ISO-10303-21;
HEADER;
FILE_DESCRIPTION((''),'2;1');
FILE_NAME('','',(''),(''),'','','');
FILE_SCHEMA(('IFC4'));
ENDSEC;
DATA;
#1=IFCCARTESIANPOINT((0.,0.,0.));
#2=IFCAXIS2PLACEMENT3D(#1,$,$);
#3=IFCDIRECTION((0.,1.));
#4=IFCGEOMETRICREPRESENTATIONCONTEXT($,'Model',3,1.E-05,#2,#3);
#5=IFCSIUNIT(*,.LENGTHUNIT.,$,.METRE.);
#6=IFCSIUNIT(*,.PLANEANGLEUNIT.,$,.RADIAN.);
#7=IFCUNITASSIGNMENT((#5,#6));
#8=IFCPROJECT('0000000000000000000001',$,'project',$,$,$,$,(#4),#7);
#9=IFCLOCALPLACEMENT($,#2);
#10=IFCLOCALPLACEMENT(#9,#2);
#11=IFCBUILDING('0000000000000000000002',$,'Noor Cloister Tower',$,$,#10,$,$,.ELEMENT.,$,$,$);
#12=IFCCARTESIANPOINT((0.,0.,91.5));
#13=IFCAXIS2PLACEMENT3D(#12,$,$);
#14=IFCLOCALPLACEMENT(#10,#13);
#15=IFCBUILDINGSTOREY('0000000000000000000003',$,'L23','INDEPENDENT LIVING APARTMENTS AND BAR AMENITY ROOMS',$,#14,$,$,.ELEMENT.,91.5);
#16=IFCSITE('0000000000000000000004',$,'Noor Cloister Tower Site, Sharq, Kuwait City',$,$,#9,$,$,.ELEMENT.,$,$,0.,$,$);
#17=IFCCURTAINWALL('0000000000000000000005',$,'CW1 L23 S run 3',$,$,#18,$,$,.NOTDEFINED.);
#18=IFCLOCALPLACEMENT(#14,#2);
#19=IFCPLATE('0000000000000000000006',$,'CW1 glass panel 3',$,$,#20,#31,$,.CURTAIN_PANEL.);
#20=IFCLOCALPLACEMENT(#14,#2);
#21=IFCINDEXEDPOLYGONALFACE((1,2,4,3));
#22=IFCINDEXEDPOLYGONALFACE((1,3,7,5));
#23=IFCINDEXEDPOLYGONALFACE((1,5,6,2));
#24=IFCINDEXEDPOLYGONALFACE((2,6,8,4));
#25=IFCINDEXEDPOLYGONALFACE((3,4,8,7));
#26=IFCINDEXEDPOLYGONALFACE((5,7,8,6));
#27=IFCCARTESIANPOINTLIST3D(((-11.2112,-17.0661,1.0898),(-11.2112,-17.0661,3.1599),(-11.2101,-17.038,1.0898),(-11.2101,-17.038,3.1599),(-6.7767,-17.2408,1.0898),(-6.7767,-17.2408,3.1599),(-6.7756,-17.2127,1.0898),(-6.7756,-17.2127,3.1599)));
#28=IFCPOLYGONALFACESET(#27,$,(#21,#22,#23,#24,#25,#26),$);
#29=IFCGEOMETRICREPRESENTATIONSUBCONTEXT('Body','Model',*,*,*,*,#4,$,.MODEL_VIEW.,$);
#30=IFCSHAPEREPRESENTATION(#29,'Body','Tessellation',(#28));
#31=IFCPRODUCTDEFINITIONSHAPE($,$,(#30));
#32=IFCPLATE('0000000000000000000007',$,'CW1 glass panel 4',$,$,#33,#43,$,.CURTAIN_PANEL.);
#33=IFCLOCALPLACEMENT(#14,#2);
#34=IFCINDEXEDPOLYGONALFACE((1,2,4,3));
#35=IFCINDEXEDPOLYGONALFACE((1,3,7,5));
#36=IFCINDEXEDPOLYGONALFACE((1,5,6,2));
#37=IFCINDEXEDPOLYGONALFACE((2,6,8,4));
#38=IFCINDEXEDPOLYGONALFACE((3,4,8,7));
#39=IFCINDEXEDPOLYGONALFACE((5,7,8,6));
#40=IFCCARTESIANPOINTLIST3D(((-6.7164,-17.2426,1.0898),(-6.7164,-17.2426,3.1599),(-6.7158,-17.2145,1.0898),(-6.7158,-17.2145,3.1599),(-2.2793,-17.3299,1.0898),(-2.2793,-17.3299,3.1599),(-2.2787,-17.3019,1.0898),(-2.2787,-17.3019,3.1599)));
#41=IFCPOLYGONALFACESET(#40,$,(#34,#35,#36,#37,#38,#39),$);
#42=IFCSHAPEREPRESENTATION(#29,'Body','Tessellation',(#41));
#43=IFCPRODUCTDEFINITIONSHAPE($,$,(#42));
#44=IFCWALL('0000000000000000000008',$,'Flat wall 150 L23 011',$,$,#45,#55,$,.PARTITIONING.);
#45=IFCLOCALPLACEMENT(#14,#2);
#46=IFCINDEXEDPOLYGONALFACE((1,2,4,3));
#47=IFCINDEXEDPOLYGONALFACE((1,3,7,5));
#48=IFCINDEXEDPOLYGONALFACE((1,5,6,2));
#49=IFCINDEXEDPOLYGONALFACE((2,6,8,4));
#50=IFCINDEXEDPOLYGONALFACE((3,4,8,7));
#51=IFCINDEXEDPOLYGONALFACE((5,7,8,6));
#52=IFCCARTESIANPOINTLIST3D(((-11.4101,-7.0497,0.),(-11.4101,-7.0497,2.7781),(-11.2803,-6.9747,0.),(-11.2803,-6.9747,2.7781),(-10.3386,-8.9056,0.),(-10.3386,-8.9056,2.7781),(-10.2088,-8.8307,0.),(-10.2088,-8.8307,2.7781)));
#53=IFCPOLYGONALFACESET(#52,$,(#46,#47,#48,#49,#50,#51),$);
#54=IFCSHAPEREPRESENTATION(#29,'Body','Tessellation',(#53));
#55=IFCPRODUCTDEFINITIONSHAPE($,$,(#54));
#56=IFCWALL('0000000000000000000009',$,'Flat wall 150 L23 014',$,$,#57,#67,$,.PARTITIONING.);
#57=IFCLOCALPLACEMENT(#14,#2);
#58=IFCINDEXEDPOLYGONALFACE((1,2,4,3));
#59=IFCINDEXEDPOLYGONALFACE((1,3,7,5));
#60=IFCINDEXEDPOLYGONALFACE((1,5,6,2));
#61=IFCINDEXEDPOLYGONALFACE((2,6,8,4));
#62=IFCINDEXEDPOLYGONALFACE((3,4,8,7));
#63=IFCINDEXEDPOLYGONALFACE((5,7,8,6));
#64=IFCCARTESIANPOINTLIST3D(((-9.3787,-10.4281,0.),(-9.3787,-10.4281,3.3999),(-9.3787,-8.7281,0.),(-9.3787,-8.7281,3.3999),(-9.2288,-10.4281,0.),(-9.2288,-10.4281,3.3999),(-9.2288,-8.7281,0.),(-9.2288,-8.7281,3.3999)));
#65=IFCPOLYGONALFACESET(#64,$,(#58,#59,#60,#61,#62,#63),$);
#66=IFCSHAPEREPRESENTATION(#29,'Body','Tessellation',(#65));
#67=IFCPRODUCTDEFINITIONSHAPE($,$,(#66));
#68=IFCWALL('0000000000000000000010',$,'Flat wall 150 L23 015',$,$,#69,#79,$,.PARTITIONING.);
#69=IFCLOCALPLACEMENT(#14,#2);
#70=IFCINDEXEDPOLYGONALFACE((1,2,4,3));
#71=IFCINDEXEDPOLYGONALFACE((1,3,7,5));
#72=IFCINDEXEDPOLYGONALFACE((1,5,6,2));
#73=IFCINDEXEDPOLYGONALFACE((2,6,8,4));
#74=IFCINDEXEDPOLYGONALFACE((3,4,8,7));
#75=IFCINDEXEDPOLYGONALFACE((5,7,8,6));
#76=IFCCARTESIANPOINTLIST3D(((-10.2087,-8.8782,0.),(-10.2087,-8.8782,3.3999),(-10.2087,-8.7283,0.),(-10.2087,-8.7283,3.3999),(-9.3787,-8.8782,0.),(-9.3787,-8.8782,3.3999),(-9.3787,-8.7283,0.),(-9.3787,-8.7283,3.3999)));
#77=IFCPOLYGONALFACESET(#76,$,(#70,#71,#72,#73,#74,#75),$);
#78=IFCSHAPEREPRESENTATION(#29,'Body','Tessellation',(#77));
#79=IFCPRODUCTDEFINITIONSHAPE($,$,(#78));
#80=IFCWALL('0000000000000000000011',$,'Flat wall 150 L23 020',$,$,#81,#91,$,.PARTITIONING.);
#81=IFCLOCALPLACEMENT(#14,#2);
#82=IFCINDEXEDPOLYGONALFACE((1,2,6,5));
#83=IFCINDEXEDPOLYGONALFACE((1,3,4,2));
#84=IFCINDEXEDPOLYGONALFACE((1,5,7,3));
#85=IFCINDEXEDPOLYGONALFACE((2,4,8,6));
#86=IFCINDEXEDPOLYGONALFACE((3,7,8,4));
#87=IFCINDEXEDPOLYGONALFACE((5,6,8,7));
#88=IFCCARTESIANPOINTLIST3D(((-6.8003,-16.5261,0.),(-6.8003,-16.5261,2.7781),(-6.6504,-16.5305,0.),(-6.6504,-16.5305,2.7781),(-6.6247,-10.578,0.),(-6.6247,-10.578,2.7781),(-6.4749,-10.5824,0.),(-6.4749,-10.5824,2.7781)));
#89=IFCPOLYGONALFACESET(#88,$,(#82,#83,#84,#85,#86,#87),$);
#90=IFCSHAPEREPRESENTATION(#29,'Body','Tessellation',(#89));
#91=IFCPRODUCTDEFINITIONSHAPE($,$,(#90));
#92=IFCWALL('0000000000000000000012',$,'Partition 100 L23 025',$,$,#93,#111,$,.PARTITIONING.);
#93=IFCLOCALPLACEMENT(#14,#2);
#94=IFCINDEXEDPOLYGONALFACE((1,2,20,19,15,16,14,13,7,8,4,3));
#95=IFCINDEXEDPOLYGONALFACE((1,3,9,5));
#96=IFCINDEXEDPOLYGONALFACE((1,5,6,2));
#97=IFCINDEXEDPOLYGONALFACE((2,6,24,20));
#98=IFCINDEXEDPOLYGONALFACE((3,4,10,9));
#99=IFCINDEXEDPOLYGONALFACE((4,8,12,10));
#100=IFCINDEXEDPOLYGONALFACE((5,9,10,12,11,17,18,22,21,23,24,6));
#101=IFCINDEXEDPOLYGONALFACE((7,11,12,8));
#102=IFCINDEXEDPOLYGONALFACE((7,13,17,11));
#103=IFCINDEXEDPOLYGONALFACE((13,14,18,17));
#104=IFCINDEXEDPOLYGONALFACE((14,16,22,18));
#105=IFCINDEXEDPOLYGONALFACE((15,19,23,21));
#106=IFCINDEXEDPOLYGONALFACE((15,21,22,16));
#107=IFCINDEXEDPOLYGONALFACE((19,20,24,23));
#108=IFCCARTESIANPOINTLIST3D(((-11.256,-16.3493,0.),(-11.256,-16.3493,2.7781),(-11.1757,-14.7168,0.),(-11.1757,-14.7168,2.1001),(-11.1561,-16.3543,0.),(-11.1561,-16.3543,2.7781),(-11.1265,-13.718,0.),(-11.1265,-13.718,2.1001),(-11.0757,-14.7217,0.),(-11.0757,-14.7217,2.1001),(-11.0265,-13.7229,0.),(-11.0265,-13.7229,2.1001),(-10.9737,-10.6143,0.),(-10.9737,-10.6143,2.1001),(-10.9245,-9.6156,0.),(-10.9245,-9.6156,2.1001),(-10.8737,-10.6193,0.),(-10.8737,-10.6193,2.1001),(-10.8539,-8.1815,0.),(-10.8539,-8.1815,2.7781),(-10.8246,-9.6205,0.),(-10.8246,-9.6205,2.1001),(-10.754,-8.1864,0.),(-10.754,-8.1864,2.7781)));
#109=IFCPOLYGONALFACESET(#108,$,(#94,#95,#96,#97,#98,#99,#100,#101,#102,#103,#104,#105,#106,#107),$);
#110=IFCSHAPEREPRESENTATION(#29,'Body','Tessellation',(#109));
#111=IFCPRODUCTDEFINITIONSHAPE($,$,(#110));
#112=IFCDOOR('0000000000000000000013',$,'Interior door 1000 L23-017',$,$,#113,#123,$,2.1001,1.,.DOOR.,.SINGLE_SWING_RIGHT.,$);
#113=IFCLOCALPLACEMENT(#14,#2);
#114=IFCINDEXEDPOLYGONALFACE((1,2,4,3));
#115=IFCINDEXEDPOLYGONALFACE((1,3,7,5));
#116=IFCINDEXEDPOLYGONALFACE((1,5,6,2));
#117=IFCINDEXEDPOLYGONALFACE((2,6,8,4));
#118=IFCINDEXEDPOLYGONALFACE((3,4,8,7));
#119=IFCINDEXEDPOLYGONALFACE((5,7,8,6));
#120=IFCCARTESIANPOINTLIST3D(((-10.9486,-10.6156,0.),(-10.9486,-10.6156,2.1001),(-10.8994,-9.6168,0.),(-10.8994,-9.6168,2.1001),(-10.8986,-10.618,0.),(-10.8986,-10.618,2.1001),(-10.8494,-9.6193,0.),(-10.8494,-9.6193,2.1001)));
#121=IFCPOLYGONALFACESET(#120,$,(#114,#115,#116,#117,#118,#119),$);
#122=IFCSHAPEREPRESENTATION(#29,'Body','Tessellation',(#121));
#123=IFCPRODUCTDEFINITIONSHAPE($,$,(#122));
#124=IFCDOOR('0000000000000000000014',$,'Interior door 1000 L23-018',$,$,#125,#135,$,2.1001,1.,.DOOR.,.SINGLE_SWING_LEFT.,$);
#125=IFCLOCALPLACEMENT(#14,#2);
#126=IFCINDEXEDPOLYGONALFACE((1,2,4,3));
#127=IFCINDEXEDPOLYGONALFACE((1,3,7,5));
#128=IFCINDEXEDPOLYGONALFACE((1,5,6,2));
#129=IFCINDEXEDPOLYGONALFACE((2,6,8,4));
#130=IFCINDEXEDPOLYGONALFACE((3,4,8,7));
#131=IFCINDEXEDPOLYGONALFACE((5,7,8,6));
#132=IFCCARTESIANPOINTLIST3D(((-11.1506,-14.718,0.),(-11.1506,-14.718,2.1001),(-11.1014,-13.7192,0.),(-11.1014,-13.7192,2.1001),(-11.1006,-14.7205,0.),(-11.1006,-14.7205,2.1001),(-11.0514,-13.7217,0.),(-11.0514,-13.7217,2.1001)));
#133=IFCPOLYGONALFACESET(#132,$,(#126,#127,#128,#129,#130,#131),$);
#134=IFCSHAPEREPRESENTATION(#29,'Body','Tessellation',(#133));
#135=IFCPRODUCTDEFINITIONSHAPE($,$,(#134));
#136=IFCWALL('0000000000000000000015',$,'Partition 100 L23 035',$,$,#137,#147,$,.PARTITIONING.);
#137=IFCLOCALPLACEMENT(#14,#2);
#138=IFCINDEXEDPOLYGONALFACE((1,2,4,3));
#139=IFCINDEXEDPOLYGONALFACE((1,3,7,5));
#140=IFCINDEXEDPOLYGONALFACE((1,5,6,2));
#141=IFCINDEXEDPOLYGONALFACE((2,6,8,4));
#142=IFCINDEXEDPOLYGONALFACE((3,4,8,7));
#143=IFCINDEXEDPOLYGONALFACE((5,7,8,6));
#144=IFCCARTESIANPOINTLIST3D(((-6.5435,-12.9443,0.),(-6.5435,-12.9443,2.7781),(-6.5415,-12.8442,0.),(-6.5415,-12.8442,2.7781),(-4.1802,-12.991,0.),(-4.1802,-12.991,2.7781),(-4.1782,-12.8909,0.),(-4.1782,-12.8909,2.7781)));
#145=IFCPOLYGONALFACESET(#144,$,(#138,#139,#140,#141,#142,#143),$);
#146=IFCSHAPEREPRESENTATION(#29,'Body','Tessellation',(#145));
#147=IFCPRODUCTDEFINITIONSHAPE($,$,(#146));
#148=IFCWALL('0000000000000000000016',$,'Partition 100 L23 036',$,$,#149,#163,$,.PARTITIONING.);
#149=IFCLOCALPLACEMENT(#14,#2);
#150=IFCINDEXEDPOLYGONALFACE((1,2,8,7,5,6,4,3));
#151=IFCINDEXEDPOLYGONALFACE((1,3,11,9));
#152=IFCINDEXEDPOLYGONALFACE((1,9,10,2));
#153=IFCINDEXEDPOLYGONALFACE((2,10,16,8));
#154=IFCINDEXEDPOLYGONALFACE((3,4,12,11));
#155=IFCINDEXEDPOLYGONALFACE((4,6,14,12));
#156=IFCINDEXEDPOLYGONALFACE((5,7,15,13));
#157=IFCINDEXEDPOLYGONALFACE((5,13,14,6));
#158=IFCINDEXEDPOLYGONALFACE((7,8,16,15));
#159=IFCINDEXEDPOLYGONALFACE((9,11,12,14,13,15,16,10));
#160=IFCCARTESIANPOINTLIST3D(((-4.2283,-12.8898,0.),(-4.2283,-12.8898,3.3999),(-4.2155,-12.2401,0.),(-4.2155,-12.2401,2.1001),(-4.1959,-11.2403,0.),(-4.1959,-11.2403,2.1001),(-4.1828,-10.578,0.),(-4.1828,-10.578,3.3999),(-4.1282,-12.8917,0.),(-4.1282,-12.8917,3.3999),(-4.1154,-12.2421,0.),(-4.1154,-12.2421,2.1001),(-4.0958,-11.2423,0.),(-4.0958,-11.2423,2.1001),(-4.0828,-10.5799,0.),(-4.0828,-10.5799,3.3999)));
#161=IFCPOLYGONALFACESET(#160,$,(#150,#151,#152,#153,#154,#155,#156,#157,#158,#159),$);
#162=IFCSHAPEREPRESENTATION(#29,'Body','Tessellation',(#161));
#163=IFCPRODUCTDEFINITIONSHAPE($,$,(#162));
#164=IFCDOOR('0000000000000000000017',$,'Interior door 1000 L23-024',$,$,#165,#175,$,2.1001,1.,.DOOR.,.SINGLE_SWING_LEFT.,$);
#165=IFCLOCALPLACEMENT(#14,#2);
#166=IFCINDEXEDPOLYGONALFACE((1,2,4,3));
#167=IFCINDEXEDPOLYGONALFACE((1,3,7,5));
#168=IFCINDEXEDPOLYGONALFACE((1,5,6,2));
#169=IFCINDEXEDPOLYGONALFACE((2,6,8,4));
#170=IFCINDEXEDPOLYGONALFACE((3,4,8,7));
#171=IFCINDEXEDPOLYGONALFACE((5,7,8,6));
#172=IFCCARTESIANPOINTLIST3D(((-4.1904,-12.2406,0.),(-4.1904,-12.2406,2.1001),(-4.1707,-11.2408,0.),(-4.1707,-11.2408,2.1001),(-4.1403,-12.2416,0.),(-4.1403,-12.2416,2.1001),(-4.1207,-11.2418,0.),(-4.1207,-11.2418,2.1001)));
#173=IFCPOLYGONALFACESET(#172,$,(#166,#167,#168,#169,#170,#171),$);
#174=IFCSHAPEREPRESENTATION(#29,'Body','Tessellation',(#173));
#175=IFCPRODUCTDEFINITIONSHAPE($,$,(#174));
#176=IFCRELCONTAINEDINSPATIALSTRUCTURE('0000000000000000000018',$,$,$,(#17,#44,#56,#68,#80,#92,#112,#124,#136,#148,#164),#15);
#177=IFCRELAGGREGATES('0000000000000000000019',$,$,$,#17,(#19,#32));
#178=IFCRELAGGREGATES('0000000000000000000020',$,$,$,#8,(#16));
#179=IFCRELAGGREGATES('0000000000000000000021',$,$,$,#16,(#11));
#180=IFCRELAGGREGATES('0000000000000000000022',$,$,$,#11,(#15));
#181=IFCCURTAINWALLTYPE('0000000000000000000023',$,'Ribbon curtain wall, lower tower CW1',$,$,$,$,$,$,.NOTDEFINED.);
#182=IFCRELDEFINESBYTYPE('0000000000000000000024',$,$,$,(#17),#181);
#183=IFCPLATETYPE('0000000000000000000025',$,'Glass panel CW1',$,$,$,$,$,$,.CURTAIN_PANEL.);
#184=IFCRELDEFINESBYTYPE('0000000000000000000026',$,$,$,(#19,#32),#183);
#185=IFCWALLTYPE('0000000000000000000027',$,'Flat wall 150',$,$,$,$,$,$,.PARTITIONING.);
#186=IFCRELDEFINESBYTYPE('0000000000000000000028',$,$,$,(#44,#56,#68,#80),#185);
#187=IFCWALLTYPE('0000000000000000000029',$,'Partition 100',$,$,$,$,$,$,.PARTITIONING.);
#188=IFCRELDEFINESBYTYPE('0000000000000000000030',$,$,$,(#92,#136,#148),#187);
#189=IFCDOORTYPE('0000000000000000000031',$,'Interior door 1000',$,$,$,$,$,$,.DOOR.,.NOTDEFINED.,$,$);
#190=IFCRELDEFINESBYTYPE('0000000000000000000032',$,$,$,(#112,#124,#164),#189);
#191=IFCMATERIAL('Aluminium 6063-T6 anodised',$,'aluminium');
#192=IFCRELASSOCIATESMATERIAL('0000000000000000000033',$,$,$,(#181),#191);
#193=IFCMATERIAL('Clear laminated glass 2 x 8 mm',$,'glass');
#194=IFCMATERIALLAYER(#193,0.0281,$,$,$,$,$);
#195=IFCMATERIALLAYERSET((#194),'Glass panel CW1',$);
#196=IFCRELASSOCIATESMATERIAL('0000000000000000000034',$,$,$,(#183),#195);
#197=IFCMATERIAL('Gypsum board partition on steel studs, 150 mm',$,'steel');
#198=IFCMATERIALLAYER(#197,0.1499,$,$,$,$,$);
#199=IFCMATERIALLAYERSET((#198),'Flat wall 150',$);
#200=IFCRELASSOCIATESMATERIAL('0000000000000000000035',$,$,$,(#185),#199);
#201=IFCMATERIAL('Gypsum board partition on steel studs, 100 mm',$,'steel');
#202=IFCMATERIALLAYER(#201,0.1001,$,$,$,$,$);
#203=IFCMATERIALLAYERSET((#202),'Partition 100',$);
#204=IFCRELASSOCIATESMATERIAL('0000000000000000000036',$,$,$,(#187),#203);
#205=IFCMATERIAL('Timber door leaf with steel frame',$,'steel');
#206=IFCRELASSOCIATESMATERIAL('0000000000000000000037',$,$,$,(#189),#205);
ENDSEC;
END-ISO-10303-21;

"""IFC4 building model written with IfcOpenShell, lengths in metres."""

from ifc_helpers import new_model, si_unit, direction, frame, frame_2d, origin, origin_2d, place, context, subcontext, project, spatial, rectangle, extrude, material, layer, layer_set, type_object, element, fill, aggregate, save


model = new_model("IFC4")

# Units and contexts
model_context = context("Model", 3, precision=1e-05, world=origin(), true_north=direction((0.0, 1.0)))
body_context = subcontext(model_context, "Body", "Model", "MODEL_VIEW")
ifc_project = project(units=[si_unit("LENGTHUNIT", "METRE"), si_unit("PLANEANGLEUNIT", "RADIAN")], contexts=[model_context])

# Site, building, storey
site_placement = place(None, origin())
site = spatial("IfcSite", under=ifc_project, at=site_placement, Name="Noor Cloister Tower Site, Sharq, Kuwait City", CompositionType="ELEMENT", RefElevation=0.0)
building_placement = place(site_placement, origin())
building = spatial("IfcBuilding", under=site, at=building_placement, Name="Noor Cloister Tower", CompositionType="ELEMENT")
storey_placement = place(building_placement, frame((0.0, 0.0, 91.5)))
storey = spatial("IfcBuildingStorey", under=building, at=storey_placement, Name="L23", Description="INDEPENDENT LIVING APARTMENTS AND BAR AMENITY ROOMS", CompositionType="ELEMENT", Elevation=91.5)

# Curtain wall
ifc_material_1 = material(Name="Aluminium 6063-T6 anodised", Category="aluminium")
curtain_wall_type = type_object("IfcCurtainWallType", Name="Ribbon curtain wall, lower tower CW1", PredefinedType="NOTDEFINED", material=ifc_material_1)
curtain_wall_placement = place(storey_placement, origin())
curtain_wall = element("IfcCurtainWall", 1, at=curtain_wall_placement, inside=storey, type_object=curtain_wall_type, Name="CW1 L23 S run 3", PredefinedType="NOTDEFINED")

# Plates
ifc_material_2 = material(Name="Clear laminated glass 2 x 8 mm", Category="glass")
ifc_layer_1 = layer(ifc_material_2, 0.0281)
ifc_layer_set_1 = layer_set([ifc_layer_1], Name="Glass panel CW1")
plate_type = type_object("IfcPlateType", Name="Glass panel CW1", PredefinedType="CURTAIN_PANEL", material=ifc_layer_set_1)
plate_1_placement = place(storey_placement, frame((-8.9934, -17.1394, 1.0898), z_axis=(0.0, 0.0, 1.0), x_axis=(0.999225, -0.039356, 0.0)))
plate_1 = element("IfcPlate", 2, at=plate_1_placement, type_object=plate_type, Name="CW1 glass panel 3", PredefinedType="CURTAIN_PANEL", context=body_context, shape_type="SweptSolid", body=[
    extrude(rectangle(XDim=4.438, YDim=0.0281, at=origin_2d()), origin(), (0.0, 0.0, 1.0), 2.0701),
])
plate_2_placement = place(storey_placement, frame((-4.4976, -17.2722, 1.0898), z_axis=(0.0, 0.0, 1.0), x_axis=(0.999806, -0.019682, 0.0)))
plate_2 = element("IfcPlate", 3, at=plate_2_placement, type_object=plate_type, Name="CW1 glass panel 4", PredefinedType="CURTAIN_PANEL", context=body_context, shape_type="SweptSolid", body=[
    extrude(rectangle(XDim=4.438, YDim=0.0281, at=origin_2d()), origin(), (0.0, 0.0, 1.0), 2.0701),
])
aggregate(curtain_wall, [plate_1, plate_2])

# Walls
ifc_material_3 = material(Name="Gypsum board partition on steel studs, 150 mm", Category="steel")
ifc_layer_2 = layer(ifc_material_3, 0.1499)
ifc_layer_set_2 = layer_set([ifc_layer_2], Name="Flat wall 150")
wall_type_1 = type_object("IfcWallType", Name="Flat wall 150", PredefinedType="PARTITIONING", material=ifc_layer_set_2)
wall_1_placement = place(storey_placement, frame((-11.3452, -7.0122, 0.0), z_axis=(0.0, 0.0, 1.0), x_axis=(0.499999, -0.866026, 0.0)))
element("IfcWall", 4, at=wall_1_placement, inside=storey, type_object=wall_type_1, Name="Flat wall 150 L23 011", PredefinedType="PARTITIONING", context=body_context, shape_type="SweptSolid", body=[
    extrude(rectangle(XDim=2.1431, YDim=0.1499, at=frame_2d((1.0715, 0.0))), origin(), (0.0, 0.0, 1.0), 2.7781),
])
wall_2_placement = place(storey_placement, frame((-9.3037, -10.4282, 0.0), z_axis=(0.0, 0.0, 1.0), x_axis=(0.0, 1.0, 0.0)))
element("IfcWall", 5, at=wall_2_placement, inside=storey, type_object=wall_type_1, Name="Flat wall 150 L23 014", PredefinedType="PARTITIONING", context=body_context, shape_type="SweptSolid", body=[
    extrude(rectangle(XDim=1.7, YDim=0.1499, at=frame_2d((0.8501, 0.0))), origin(), (0.0, 0.0, 1.0), 3.3999),
])
wall_3_placement = place(storey_placement, frame((-10.2087, -8.8032, 0.0), z_axis=(0.0, 0.0, 1.0), x_axis=(1.0, 0.0, 0.0)))
element("IfcWall", 6, at=wall_3_placement, inside=storey, type_object=wall_type_1, Name="Flat wall 150 L23 015", PredefinedType="PARTITIONING", context=body_context, shape_type="SweptSolid", body=[
    extrude(rectangle(XDim=0.8301, YDim=0.1499, at=frame_2d((0.415, 0.0))), origin(), (0.0, 0.0, 1.0), 3.3999),
])
wall_4_placement = place(storey_placement, frame((-6.7253, -16.5283, 0.0), z_axis=(0.0, 0.0, 1.0), x_axis=(0.029499, 0.999565, 0.0)))
element("IfcWall", 7, at=wall_4_placement, inside=storey, type_object=wall_type_1, Name="Flat wall 150 L23 020", PredefinedType="PARTITIONING", context=body_context, shape_type="SweptSolid", body=[
    extrude(rectangle(XDim=5.9507, YDim=0.1499, at=frame_2d((2.9753, 0.0))), origin(), (0.0, 0.0, 1.0), 2.7781),
])

# Wall, openings, doors
ifc_material_4 = material(Name="Gypsum board partition on steel studs, 100 mm", Category="steel")
ifc_layer_3 = layer(ifc_material_4, 0.1001)
ifc_layer_set_3 = layer_set([ifc_layer_3], Name="Partition 100")
wall_type_2 = type_object("IfcWallType", Name="Partition 100", PredefinedType="PARTITIONING", material=ifc_layer_set_3)
wall_5_placement = place(storey_placement, frame((-11.2061, -16.3518, 0.0), z_axis=(0.0, 0.0, 1.0), x_axis=(0.049171, 0.99879, 0.0)))
wall_5 = element("IfcWall", 8, at=wall_5_placement, inside=storey, type_object=wall_type_2, Name="Partition 100 L23 025", PredefinedType="PARTITIONING", context=body_context, shape_type="SweptSolid", body=[
    extrude(rectangle(XDim=8.1777, YDim=0.1001, at=frame_2d((4.0889, 0.0))), origin(), (0.0, 0.0, 1.0), 2.7781),
])
opening_1_placement = place(wall_5_placement, frame((5.7419, 0.0, 0.0)))
opening_1 = element("IfcOpeningElement", 9, at=opening_1_placement, cuts=wall_5, PredefinedType="OPENING", context=body_context, shape_type="SweptSolid", body=[
    extrude(rectangle(XDim=1.0, YDim=2.1001, at=frame_2d((0.5, 1.05))), frame((0.0, 0.0601, 0.0), z_axis=(0.0, -1.0, 0.0), x_axis=(1.0, 0.0, 0.0)), (0.0, 0.0, 1.0), 0.1201),
])
opening_2_placement = place(wall_5_placement, frame((1.6345, 0.0, 0.0)))
opening_2 = element("IfcOpeningElement", 10, at=opening_2_placement, cuts=wall_5, PredefinedType="OPENING", context=body_context, shape_type="SweptSolid", body=[
    extrude(rectangle(XDim=1.0, YDim=2.1001, at=frame_2d((0.5, 1.05))), frame((0.0, 0.0601, 0.0), z_axis=(0.0, -1.0, 0.0), x_axis=(1.0, 0.0, 0.0)), (0.0, 0.0, 1.0), 0.1201),
])
ifc_material_5 = material(Name="Timber door leaf with steel frame", Category="steel")
door_type = type_object("IfcDoorType", Name="Interior door 1000", OperationType="NOTDEFINED", PredefinedType="DOOR", material=ifc_material_5)
door_1_placement = place(opening_1_placement, origin())
door_1 = element("IfcDoor", 11, at=door_1_placement, inside=storey, type_object=door_type, Name="Interior door 1000 L23-017", OperationType="SINGLE_SWING_RIGHT", OverallHeight=2.1001, OverallWidth=1.0, PredefinedType="DOOR", context=body_context, shape_type="SweptSolid", body=[
    extrude(rectangle(XDim=1.0, YDim=2.1001, at=frame_2d((0.5, 1.05))), frame((0.0, 0.0249, 0.0), z_axis=(0.0, -1.0, 0.0), x_axis=(1.0, 0.0, 0.0)), (0.0, 0.0, 1.0), 0.05),
])
fill(opening_1, door_1)
door_2_placement = place(opening_2_placement, origin())
door_2 = element("IfcDoor", 12, at=door_2_placement, inside=storey, type_object=door_type, Name="Interior door 1000 L23-018", OperationType="SINGLE_SWING_LEFT", OverallHeight=2.1001, OverallWidth=1.0, PredefinedType="DOOR", context=body_context, shape_type="SweptSolid", body=[
    extrude(rectangle(XDim=1.0, YDim=2.1001, at=frame_2d((0.5, 1.05))), frame((0.0, 0.0249, 0.0), z_axis=(0.0, -1.0, 0.0), x_axis=(1.0, 0.0, 0.0)), (0.0, 0.0, 1.0), 0.05),
])
fill(opening_2, door_2)

# Wall
wall_6_placement = place(storey_placement, frame((-6.5425, -12.8943, 0.0), z_axis=(0.0, 0.0, 1.0), x_axis=(0.999805, -0.019728, 0.0)))
element("IfcWall", 13, at=wall_6_placement, inside=storey, type_object=wall_type_2, Name="Partition 100 L23 035", PredefinedType="PARTITIONING", context=body_context, shape_type="SweptSolid", body=[
    extrude(rectangle(XDim=2.3638, YDim=0.1001, at=frame_2d((1.1819, 0.0))), origin(), (0.0, 0.0, 1.0), 2.7781),
])

# Wall, opening, door
wall_7_placement = place(storey_placement, frame((-4.1782, -12.8909, 0.0), z_axis=(0.0, 0.0, 1.0), x_axis=(0.019639, 0.999807, 0.0)))
wall_7 = element("IfcWall", 14, at=wall_7_placement, inside=storey, type_object=wall_type_2, Name="Partition 100 L23 036", PredefinedType="PARTITIONING", context=body_context, shape_type="SweptSolid", body=[
    extrude(rectangle(XDim=2.3123, YDim=0.1001, at=frame_2d((1.1562, 0.0))), origin(), (0.0, 0.0, 1.0), 3.3999),
])
opening_3_placement = place(wall_7_placement, frame((0.6499, 0.0, 0.0)))
opening_3 = element("IfcOpeningElement", 15, at=opening_3_placement, cuts=wall_7, PredefinedType="OPENING", context=body_context, shape_type="SweptSolid", body=[
    extrude(rectangle(XDim=1.0, YDim=2.1001, at=frame_2d((0.5, 1.05))), frame((0.0, 0.0601, 0.0), z_axis=(0.0, -1.0, 0.0), x_axis=(1.0, 0.0, 0.0)), (0.0, 0.0, 1.0), 0.1201),
])
door_3_placement = place(opening_3_placement, origin())
door_3 = element("IfcDoor", 16, at=door_3_placement, inside=storey, type_object=door_type, Name="Interior door 1000 L23-024", OperationType="SINGLE_SWING_LEFT", OverallHeight=2.1001, OverallWidth=1.0, PredefinedType="DOOR", context=body_context, shape_type="SweptSolid", body=[
    extrude(rectangle(XDim=1.0, YDim=2.1001, at=frame_2d((0.5, 1.05))), frame((0.0, 0.0249, 0.0), z_axis=(0.0, -1.0, 0.0), x_axis=(1.0, 0.0, 0.0)), (0.0, 0.0, 1.0), 0.05),
])
fill(opening_3, door_3)

save(model, "model.ifc")
